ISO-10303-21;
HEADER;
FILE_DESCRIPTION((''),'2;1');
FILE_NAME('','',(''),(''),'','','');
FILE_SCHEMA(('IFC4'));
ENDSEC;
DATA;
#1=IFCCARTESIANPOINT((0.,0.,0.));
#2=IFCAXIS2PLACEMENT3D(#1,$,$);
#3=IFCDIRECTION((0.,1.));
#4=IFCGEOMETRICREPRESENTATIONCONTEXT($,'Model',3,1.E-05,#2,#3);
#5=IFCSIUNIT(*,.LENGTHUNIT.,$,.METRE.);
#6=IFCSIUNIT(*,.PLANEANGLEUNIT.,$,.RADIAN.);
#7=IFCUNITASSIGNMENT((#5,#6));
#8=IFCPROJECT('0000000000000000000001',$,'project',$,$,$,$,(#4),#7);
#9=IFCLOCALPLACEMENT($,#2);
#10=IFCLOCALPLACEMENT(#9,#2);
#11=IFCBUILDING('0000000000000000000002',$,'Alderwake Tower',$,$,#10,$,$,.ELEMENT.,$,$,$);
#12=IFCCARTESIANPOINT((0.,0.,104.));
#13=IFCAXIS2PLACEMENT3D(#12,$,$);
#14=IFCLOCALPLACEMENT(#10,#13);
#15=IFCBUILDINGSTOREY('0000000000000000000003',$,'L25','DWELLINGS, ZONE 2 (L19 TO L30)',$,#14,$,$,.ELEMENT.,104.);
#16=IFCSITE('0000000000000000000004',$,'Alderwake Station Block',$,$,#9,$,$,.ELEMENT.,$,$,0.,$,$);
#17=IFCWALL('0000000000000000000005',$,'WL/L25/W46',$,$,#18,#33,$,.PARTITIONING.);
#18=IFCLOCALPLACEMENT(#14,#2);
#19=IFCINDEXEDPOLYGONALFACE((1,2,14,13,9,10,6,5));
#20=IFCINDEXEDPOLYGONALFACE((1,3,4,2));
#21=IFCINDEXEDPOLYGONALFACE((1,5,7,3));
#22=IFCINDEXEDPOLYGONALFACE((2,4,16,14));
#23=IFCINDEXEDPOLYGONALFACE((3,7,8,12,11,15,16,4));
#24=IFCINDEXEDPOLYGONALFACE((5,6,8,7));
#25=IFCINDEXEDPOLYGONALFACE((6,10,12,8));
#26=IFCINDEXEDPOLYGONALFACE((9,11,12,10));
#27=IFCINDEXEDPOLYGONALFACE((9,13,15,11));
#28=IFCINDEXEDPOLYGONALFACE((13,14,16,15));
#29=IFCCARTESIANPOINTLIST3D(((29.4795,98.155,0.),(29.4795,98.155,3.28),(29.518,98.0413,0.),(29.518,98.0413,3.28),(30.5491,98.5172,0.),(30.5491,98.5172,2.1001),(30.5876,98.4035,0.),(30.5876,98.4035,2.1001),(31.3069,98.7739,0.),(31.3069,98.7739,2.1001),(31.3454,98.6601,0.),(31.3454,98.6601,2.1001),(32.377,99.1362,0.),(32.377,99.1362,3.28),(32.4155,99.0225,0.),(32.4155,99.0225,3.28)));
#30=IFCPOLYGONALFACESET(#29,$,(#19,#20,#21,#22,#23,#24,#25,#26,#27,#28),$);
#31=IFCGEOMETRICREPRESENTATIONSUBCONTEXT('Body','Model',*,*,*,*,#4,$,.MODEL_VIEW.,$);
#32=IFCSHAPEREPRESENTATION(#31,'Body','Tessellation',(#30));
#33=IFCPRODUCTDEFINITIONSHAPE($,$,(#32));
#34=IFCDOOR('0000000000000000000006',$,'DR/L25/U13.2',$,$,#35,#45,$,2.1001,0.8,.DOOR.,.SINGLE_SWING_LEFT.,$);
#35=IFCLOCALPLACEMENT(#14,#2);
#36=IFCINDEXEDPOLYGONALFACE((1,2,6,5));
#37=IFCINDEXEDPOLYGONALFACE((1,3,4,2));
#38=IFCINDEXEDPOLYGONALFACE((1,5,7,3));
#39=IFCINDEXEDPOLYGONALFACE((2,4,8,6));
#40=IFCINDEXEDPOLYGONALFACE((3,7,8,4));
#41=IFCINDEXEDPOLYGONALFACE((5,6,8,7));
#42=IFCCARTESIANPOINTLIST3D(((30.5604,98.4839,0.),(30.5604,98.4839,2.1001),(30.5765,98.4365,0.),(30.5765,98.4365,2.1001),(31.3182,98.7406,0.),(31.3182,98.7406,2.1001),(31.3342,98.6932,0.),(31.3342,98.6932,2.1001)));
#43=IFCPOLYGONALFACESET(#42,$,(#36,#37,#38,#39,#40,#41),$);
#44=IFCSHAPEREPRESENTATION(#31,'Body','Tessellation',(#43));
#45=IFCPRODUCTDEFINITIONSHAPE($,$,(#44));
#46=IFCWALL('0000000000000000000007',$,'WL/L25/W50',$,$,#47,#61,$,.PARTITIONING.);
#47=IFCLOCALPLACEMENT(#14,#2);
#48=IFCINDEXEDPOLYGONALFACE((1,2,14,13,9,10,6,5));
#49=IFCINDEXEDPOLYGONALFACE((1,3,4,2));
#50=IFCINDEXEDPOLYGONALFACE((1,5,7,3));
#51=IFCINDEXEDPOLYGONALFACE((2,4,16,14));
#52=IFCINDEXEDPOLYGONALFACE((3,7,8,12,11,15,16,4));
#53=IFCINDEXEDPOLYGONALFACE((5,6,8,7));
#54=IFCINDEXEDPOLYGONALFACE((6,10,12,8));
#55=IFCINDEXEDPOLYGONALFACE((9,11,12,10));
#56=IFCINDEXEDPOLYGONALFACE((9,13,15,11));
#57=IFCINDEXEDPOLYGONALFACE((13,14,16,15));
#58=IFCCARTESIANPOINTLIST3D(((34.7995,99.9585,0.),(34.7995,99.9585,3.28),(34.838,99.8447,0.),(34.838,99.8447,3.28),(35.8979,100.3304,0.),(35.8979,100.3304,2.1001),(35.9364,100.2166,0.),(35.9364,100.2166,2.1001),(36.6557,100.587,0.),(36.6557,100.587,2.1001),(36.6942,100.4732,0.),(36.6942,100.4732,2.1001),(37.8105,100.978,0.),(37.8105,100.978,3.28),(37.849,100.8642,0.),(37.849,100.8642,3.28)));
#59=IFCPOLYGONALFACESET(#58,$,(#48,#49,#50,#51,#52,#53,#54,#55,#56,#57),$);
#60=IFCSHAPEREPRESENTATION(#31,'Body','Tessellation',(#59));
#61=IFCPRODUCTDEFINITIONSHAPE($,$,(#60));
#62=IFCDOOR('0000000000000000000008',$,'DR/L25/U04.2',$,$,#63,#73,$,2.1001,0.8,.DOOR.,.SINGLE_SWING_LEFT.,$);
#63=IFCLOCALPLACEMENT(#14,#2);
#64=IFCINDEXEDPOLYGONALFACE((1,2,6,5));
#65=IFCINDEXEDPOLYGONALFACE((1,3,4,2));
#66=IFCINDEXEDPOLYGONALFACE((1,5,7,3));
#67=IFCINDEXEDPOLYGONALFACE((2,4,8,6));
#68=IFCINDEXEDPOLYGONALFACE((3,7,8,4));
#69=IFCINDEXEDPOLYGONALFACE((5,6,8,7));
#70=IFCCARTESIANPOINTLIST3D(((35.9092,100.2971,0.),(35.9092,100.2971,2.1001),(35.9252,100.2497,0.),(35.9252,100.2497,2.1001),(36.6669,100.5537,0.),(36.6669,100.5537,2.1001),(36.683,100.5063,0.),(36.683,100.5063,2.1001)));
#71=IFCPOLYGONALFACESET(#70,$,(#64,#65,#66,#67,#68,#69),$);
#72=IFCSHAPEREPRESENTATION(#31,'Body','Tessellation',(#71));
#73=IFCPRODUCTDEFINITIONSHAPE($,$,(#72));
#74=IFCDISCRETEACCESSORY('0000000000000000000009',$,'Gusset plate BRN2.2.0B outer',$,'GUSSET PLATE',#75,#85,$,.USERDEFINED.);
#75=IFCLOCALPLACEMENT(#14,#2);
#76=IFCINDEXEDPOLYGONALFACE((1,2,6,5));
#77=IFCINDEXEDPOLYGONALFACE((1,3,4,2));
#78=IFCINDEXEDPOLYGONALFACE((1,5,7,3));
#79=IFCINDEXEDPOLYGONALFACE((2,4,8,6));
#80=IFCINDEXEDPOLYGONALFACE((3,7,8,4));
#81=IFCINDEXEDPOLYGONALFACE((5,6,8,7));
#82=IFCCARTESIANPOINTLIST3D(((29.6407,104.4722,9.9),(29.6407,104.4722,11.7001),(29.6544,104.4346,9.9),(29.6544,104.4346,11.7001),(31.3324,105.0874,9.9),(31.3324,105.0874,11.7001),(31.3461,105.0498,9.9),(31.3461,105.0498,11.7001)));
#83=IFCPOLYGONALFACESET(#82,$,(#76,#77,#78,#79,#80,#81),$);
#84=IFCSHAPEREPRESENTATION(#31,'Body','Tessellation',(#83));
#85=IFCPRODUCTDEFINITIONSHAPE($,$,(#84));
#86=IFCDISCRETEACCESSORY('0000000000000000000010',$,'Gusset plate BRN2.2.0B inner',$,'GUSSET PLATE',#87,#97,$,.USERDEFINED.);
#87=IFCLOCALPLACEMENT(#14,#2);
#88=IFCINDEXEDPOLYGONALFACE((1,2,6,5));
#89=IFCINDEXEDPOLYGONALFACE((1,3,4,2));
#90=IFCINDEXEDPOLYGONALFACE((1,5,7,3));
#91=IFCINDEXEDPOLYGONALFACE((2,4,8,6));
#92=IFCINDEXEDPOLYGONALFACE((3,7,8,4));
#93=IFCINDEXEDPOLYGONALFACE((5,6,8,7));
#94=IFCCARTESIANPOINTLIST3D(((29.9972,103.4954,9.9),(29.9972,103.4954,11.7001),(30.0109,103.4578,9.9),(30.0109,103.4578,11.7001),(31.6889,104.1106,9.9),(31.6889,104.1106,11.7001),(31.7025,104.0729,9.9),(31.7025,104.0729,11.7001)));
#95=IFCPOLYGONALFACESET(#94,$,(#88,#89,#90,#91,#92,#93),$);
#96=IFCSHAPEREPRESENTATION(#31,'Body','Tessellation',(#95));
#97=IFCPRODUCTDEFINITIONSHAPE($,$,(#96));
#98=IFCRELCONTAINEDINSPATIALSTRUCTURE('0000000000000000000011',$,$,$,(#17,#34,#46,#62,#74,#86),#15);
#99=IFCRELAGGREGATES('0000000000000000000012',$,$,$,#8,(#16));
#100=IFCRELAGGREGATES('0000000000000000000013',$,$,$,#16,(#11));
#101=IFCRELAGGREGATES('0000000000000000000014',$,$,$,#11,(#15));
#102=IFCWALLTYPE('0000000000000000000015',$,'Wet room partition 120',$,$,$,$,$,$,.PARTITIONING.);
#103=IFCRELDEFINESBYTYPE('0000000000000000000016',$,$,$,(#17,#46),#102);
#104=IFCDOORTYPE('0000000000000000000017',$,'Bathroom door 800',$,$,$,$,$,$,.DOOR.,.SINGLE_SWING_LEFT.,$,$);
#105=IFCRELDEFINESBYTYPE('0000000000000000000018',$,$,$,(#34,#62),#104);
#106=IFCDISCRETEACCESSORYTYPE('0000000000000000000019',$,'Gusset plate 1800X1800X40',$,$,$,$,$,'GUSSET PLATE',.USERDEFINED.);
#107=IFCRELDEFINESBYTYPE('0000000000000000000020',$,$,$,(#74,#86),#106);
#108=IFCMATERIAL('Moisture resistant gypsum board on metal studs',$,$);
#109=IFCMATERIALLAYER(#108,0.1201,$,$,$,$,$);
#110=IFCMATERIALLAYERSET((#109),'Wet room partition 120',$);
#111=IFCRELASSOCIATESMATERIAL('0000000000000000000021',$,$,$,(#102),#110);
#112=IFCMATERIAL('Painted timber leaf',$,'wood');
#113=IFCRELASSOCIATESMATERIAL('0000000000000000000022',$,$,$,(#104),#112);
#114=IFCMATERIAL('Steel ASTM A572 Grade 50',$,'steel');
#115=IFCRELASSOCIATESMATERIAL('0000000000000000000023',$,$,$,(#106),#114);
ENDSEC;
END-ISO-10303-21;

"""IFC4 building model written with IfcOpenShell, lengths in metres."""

from ifc_helpers import new_model, si_unit, direction, frame, frame_2d, origin, origin_2d, place, context, subcontext, project, spatial, rectangle, extrude, material, layer, layer_set, material_profile, profile_set, type_object, element, fill, save


model = new_model("IFC4")

# Units and contexts
model_context = context("Model", 3, precision=1e-05, world=origin(), true_north=direction((0.0, 1.0)))
body_context = subcontext(model_context, "Body", "Model", "MODEL_VIEW")
ifc_project = project(units=[si_unit("LENGTHUNIT", "METRE"), si_unit("PLANEANGLEUNIT", "RADIAN")], contexts=[model_context])

# Site, building, storey
site_placement = place(None, origin())
site = spatial("IfcSite", under=ifc_project, at=site_placement, Name="Alderwake Station Block", CompositionType="ELEMENT", RefElevation=0.0)
building_placement = place(site_placement, origin())
building = spatial("IfcBuilding", under=site, at=building_placement, Name="Alderwake Tower", CompositionType="ELEMENT")
storey_placement = place(building_placement, frame((0.0, 0.0, 104.0)))
storey = spatial("IfcBuildingStorey", under=building, at=storey_placement, Name="L25", Description="DWELLINGS, ZONE 2 (L19 TO L30)", CompositionType="ELEMENT", Elevation=104.0)

# Shared definitions
ifc_material_1 = material(Name="Moisture resistant gypsum board on metal studs")
ifc_layer_1 = layer(ifc_material_1, 0.1201)
ifc_layer_set_1 = layer_set([ifc_layer_1], Name="Wet room partition 120")
wall_type_1 = type_object("IfcWallType", Name="Wet room partition 120", PredefinedType="PARTITIONING", material=ifc_layer_set_1)

# Walls, openings, doors
wall_1_placement = place(storey_placement, frame((29.4988, 98.0981, 0.0), z_axis=(0.0, 0.0, 1.0), x_axis=(0.947164, 0.320749, 0.0)))
wall_1 = element("IfcWall", 1, at=wall_1_placement, inside=storey, type_object=wall_type_1, Name="WL/L25/W46", PredefinedType="PARTITIONING", context=body_context, shape_type="SweptSolid", body=[
    extrude(rectangle(XDim=3.0591, YDim=0.1201, at=frame_2d((1.5295, 0.0))), origin(), (0.0, 0.0, 1.0), 3.28),
])
opening_1_placement = place(wall_1_placement, frame((1.1294, 0.0, 0.0)))
opening_1 = element("IfcOpeningElement", 2, at=opening_1_placement, cuts=wall_1, PredefinedType="OPENING", context=body_context, shape_type="SweptSolid", body=[
    extrude(rectangle(XDim=0.8, YDim=2.1001, at=frame_2d((0.3999, 1.05))), frame((0.0, 0.0701, 0.0), z_axis=(0.0, -1.0, 0.0), x_axis=(1.0, 0.0, 0.0)), (0.0, 0.0, 1.0), 0.1401),
])
ifc_material_2 = material(Name="Painted timber leaf", Category="wood")
door_type_1 = type_object("IfcDoorType", Name="Bathroom door 800", OperationType="SINGLE_SWING_LEFT", PredefinedType="DOOR", material=ifc_material_2)
door_1_placement = place(opening_1_placement, origin())
door_1 = element("IfcDoor", 3, at=door_1_placement, inside=storey, type_object=door_type_1, Name="DR/L25/U13.2", OperationType="SINGLE_SWING_LEFT", OverallHeight=2.1001, OverallWidth=0.8, PredefinedType="DOOR", context=body_context, shape_type="SweptSolid", body=[
    extrude(rectangle(XDim=0.8, YDim=2.1001, at=frame_2d((0.3999, 1.05))), frame((0.0, 0.0249, 0.0), z_axis=(0.0, -1.0, 0.0), x_axis=(1.0, 0.0, 0.0)), (0.0, 0.0, 1.0), 0.05),
])
fill(opening_1, door_1)
wall_2_placement = place(storey_placement, frame((34.8188, 99.9016, 0.0), z_axis=(0.0, 0.0, 1.0), x_axis=(0.947175, 0.320717, 0.0)))
wall_2 = element("IfcWall", 4, at=wall_2_placement, inside=storey, type_object=wall_type_1, Name="WL/L25/W50", PredefinedType="PARTITIONING", context=body_context, shape_type="SweptSolid", body=[
    extrude(rectangle(XDim=3.179, YDim=0.1201, at=frame_2d((1.5894, 0.0))), origin(), (0.0, 0.0, 1.0), 3.28),
])
opening_2_placement = place(wall_2_placement, frame((1.1597, 0.0, 0.0)))
opening_2 = element("IfcOpeningElement", 5, at=opening_2_placement, cuts=wall_2, PredefinedType="OPENING", context=body_context, shape_type="SweptSolid", body=[
    extrude(rectangle(XDim=0.8, YDim=2.1001, at=frame_2d((0.3999, 1.05))), frame((0.0, 0.0701, 0.0), z_axis=(0.0, -1.0, 0.0), x_axis=(1.0, 0.0, 0.0)), (0.0, 0.0, 1.0), 0.1401),
])
door_2_placement = place(opening_2_placement, origin())
door_2 = element("IfcDoor", 6, at=door_2_placement, inside=storey, type_object=door_type_1, Name="DR/L25/U04.2", OperationType="SINGLE_SWING_LEFT", OverallHeight=2.1001, OverallWidth=0.8, PredefinedType="DOOR", context=body_context, shape_type="SweptSolid", body=[
    extrude(rectangle(XDim=0.8, YDim=2.1001, at=frame_2d((0.3999, 1.05))), frame((0.0, 0.0249, 0.0), z_axis=(0.0, -1.0, 0.0), x_axis=(1.0, 0.0, 0.0)), (0.0, 0.0, 1.0), 0.05),
])
fill(opening_2, door_2)

# Discrete accessories
ifc_material_3 = material(Name="Steel ASTM A572 Grade 50", Category="steel")
ifc_material_profile_1 = material_profile(ifc_material_3, rectangle(XDim=1.8, YDim=1.8, at=origin_2d()), Name="gusset 1800X1800")
ifc_profile_set_1 = profile_set([ifc_material_profile_1], Name="Steel ASTM A572 Grade 50")
discrete_accessory_type = type_object("IfcDiscreteAccessoryType", Name="Gusset plate 1800X1800X40", ElementType="GUSSET PLATE", PredefinedType="USERDEFINED", material=ifc_profile_set_1)
for number, where, z_axis, x_axis, name in (
    (7, (30.5002, 104.7422, 10.8), (-0.341743, 0.939793, 0.0), (-0.939793, -0.341743, 0.0), "Gusset plate BRN2.2.0B outer"),
    (8, (30.843, 103.803, 10.8), (0.341743, -0.939793, 0.0), (0.939793, 0.341743, 0.0), "Gusset plate BRN2.2.0B inner"),
):
    element("IfcDiscreteAccessory", number, at=place(storey_placement, frame(where, z_axis=z_axis, x_axis=x_axis)), inside=storey, type_object=discrete_accessory_type, Name=name, ObjectType="GUSSET PLATE", PredefinedType="USERDEFINED", context=body_context, shape_type="SweptSolid", body=[
        extrude(rectangle(XDim=1.8, YDim=1.8, at=origin_2d()), origin(), (0.0, 0.0, 1.0), 0.04),
    ])

save(model, "model.ifc")
